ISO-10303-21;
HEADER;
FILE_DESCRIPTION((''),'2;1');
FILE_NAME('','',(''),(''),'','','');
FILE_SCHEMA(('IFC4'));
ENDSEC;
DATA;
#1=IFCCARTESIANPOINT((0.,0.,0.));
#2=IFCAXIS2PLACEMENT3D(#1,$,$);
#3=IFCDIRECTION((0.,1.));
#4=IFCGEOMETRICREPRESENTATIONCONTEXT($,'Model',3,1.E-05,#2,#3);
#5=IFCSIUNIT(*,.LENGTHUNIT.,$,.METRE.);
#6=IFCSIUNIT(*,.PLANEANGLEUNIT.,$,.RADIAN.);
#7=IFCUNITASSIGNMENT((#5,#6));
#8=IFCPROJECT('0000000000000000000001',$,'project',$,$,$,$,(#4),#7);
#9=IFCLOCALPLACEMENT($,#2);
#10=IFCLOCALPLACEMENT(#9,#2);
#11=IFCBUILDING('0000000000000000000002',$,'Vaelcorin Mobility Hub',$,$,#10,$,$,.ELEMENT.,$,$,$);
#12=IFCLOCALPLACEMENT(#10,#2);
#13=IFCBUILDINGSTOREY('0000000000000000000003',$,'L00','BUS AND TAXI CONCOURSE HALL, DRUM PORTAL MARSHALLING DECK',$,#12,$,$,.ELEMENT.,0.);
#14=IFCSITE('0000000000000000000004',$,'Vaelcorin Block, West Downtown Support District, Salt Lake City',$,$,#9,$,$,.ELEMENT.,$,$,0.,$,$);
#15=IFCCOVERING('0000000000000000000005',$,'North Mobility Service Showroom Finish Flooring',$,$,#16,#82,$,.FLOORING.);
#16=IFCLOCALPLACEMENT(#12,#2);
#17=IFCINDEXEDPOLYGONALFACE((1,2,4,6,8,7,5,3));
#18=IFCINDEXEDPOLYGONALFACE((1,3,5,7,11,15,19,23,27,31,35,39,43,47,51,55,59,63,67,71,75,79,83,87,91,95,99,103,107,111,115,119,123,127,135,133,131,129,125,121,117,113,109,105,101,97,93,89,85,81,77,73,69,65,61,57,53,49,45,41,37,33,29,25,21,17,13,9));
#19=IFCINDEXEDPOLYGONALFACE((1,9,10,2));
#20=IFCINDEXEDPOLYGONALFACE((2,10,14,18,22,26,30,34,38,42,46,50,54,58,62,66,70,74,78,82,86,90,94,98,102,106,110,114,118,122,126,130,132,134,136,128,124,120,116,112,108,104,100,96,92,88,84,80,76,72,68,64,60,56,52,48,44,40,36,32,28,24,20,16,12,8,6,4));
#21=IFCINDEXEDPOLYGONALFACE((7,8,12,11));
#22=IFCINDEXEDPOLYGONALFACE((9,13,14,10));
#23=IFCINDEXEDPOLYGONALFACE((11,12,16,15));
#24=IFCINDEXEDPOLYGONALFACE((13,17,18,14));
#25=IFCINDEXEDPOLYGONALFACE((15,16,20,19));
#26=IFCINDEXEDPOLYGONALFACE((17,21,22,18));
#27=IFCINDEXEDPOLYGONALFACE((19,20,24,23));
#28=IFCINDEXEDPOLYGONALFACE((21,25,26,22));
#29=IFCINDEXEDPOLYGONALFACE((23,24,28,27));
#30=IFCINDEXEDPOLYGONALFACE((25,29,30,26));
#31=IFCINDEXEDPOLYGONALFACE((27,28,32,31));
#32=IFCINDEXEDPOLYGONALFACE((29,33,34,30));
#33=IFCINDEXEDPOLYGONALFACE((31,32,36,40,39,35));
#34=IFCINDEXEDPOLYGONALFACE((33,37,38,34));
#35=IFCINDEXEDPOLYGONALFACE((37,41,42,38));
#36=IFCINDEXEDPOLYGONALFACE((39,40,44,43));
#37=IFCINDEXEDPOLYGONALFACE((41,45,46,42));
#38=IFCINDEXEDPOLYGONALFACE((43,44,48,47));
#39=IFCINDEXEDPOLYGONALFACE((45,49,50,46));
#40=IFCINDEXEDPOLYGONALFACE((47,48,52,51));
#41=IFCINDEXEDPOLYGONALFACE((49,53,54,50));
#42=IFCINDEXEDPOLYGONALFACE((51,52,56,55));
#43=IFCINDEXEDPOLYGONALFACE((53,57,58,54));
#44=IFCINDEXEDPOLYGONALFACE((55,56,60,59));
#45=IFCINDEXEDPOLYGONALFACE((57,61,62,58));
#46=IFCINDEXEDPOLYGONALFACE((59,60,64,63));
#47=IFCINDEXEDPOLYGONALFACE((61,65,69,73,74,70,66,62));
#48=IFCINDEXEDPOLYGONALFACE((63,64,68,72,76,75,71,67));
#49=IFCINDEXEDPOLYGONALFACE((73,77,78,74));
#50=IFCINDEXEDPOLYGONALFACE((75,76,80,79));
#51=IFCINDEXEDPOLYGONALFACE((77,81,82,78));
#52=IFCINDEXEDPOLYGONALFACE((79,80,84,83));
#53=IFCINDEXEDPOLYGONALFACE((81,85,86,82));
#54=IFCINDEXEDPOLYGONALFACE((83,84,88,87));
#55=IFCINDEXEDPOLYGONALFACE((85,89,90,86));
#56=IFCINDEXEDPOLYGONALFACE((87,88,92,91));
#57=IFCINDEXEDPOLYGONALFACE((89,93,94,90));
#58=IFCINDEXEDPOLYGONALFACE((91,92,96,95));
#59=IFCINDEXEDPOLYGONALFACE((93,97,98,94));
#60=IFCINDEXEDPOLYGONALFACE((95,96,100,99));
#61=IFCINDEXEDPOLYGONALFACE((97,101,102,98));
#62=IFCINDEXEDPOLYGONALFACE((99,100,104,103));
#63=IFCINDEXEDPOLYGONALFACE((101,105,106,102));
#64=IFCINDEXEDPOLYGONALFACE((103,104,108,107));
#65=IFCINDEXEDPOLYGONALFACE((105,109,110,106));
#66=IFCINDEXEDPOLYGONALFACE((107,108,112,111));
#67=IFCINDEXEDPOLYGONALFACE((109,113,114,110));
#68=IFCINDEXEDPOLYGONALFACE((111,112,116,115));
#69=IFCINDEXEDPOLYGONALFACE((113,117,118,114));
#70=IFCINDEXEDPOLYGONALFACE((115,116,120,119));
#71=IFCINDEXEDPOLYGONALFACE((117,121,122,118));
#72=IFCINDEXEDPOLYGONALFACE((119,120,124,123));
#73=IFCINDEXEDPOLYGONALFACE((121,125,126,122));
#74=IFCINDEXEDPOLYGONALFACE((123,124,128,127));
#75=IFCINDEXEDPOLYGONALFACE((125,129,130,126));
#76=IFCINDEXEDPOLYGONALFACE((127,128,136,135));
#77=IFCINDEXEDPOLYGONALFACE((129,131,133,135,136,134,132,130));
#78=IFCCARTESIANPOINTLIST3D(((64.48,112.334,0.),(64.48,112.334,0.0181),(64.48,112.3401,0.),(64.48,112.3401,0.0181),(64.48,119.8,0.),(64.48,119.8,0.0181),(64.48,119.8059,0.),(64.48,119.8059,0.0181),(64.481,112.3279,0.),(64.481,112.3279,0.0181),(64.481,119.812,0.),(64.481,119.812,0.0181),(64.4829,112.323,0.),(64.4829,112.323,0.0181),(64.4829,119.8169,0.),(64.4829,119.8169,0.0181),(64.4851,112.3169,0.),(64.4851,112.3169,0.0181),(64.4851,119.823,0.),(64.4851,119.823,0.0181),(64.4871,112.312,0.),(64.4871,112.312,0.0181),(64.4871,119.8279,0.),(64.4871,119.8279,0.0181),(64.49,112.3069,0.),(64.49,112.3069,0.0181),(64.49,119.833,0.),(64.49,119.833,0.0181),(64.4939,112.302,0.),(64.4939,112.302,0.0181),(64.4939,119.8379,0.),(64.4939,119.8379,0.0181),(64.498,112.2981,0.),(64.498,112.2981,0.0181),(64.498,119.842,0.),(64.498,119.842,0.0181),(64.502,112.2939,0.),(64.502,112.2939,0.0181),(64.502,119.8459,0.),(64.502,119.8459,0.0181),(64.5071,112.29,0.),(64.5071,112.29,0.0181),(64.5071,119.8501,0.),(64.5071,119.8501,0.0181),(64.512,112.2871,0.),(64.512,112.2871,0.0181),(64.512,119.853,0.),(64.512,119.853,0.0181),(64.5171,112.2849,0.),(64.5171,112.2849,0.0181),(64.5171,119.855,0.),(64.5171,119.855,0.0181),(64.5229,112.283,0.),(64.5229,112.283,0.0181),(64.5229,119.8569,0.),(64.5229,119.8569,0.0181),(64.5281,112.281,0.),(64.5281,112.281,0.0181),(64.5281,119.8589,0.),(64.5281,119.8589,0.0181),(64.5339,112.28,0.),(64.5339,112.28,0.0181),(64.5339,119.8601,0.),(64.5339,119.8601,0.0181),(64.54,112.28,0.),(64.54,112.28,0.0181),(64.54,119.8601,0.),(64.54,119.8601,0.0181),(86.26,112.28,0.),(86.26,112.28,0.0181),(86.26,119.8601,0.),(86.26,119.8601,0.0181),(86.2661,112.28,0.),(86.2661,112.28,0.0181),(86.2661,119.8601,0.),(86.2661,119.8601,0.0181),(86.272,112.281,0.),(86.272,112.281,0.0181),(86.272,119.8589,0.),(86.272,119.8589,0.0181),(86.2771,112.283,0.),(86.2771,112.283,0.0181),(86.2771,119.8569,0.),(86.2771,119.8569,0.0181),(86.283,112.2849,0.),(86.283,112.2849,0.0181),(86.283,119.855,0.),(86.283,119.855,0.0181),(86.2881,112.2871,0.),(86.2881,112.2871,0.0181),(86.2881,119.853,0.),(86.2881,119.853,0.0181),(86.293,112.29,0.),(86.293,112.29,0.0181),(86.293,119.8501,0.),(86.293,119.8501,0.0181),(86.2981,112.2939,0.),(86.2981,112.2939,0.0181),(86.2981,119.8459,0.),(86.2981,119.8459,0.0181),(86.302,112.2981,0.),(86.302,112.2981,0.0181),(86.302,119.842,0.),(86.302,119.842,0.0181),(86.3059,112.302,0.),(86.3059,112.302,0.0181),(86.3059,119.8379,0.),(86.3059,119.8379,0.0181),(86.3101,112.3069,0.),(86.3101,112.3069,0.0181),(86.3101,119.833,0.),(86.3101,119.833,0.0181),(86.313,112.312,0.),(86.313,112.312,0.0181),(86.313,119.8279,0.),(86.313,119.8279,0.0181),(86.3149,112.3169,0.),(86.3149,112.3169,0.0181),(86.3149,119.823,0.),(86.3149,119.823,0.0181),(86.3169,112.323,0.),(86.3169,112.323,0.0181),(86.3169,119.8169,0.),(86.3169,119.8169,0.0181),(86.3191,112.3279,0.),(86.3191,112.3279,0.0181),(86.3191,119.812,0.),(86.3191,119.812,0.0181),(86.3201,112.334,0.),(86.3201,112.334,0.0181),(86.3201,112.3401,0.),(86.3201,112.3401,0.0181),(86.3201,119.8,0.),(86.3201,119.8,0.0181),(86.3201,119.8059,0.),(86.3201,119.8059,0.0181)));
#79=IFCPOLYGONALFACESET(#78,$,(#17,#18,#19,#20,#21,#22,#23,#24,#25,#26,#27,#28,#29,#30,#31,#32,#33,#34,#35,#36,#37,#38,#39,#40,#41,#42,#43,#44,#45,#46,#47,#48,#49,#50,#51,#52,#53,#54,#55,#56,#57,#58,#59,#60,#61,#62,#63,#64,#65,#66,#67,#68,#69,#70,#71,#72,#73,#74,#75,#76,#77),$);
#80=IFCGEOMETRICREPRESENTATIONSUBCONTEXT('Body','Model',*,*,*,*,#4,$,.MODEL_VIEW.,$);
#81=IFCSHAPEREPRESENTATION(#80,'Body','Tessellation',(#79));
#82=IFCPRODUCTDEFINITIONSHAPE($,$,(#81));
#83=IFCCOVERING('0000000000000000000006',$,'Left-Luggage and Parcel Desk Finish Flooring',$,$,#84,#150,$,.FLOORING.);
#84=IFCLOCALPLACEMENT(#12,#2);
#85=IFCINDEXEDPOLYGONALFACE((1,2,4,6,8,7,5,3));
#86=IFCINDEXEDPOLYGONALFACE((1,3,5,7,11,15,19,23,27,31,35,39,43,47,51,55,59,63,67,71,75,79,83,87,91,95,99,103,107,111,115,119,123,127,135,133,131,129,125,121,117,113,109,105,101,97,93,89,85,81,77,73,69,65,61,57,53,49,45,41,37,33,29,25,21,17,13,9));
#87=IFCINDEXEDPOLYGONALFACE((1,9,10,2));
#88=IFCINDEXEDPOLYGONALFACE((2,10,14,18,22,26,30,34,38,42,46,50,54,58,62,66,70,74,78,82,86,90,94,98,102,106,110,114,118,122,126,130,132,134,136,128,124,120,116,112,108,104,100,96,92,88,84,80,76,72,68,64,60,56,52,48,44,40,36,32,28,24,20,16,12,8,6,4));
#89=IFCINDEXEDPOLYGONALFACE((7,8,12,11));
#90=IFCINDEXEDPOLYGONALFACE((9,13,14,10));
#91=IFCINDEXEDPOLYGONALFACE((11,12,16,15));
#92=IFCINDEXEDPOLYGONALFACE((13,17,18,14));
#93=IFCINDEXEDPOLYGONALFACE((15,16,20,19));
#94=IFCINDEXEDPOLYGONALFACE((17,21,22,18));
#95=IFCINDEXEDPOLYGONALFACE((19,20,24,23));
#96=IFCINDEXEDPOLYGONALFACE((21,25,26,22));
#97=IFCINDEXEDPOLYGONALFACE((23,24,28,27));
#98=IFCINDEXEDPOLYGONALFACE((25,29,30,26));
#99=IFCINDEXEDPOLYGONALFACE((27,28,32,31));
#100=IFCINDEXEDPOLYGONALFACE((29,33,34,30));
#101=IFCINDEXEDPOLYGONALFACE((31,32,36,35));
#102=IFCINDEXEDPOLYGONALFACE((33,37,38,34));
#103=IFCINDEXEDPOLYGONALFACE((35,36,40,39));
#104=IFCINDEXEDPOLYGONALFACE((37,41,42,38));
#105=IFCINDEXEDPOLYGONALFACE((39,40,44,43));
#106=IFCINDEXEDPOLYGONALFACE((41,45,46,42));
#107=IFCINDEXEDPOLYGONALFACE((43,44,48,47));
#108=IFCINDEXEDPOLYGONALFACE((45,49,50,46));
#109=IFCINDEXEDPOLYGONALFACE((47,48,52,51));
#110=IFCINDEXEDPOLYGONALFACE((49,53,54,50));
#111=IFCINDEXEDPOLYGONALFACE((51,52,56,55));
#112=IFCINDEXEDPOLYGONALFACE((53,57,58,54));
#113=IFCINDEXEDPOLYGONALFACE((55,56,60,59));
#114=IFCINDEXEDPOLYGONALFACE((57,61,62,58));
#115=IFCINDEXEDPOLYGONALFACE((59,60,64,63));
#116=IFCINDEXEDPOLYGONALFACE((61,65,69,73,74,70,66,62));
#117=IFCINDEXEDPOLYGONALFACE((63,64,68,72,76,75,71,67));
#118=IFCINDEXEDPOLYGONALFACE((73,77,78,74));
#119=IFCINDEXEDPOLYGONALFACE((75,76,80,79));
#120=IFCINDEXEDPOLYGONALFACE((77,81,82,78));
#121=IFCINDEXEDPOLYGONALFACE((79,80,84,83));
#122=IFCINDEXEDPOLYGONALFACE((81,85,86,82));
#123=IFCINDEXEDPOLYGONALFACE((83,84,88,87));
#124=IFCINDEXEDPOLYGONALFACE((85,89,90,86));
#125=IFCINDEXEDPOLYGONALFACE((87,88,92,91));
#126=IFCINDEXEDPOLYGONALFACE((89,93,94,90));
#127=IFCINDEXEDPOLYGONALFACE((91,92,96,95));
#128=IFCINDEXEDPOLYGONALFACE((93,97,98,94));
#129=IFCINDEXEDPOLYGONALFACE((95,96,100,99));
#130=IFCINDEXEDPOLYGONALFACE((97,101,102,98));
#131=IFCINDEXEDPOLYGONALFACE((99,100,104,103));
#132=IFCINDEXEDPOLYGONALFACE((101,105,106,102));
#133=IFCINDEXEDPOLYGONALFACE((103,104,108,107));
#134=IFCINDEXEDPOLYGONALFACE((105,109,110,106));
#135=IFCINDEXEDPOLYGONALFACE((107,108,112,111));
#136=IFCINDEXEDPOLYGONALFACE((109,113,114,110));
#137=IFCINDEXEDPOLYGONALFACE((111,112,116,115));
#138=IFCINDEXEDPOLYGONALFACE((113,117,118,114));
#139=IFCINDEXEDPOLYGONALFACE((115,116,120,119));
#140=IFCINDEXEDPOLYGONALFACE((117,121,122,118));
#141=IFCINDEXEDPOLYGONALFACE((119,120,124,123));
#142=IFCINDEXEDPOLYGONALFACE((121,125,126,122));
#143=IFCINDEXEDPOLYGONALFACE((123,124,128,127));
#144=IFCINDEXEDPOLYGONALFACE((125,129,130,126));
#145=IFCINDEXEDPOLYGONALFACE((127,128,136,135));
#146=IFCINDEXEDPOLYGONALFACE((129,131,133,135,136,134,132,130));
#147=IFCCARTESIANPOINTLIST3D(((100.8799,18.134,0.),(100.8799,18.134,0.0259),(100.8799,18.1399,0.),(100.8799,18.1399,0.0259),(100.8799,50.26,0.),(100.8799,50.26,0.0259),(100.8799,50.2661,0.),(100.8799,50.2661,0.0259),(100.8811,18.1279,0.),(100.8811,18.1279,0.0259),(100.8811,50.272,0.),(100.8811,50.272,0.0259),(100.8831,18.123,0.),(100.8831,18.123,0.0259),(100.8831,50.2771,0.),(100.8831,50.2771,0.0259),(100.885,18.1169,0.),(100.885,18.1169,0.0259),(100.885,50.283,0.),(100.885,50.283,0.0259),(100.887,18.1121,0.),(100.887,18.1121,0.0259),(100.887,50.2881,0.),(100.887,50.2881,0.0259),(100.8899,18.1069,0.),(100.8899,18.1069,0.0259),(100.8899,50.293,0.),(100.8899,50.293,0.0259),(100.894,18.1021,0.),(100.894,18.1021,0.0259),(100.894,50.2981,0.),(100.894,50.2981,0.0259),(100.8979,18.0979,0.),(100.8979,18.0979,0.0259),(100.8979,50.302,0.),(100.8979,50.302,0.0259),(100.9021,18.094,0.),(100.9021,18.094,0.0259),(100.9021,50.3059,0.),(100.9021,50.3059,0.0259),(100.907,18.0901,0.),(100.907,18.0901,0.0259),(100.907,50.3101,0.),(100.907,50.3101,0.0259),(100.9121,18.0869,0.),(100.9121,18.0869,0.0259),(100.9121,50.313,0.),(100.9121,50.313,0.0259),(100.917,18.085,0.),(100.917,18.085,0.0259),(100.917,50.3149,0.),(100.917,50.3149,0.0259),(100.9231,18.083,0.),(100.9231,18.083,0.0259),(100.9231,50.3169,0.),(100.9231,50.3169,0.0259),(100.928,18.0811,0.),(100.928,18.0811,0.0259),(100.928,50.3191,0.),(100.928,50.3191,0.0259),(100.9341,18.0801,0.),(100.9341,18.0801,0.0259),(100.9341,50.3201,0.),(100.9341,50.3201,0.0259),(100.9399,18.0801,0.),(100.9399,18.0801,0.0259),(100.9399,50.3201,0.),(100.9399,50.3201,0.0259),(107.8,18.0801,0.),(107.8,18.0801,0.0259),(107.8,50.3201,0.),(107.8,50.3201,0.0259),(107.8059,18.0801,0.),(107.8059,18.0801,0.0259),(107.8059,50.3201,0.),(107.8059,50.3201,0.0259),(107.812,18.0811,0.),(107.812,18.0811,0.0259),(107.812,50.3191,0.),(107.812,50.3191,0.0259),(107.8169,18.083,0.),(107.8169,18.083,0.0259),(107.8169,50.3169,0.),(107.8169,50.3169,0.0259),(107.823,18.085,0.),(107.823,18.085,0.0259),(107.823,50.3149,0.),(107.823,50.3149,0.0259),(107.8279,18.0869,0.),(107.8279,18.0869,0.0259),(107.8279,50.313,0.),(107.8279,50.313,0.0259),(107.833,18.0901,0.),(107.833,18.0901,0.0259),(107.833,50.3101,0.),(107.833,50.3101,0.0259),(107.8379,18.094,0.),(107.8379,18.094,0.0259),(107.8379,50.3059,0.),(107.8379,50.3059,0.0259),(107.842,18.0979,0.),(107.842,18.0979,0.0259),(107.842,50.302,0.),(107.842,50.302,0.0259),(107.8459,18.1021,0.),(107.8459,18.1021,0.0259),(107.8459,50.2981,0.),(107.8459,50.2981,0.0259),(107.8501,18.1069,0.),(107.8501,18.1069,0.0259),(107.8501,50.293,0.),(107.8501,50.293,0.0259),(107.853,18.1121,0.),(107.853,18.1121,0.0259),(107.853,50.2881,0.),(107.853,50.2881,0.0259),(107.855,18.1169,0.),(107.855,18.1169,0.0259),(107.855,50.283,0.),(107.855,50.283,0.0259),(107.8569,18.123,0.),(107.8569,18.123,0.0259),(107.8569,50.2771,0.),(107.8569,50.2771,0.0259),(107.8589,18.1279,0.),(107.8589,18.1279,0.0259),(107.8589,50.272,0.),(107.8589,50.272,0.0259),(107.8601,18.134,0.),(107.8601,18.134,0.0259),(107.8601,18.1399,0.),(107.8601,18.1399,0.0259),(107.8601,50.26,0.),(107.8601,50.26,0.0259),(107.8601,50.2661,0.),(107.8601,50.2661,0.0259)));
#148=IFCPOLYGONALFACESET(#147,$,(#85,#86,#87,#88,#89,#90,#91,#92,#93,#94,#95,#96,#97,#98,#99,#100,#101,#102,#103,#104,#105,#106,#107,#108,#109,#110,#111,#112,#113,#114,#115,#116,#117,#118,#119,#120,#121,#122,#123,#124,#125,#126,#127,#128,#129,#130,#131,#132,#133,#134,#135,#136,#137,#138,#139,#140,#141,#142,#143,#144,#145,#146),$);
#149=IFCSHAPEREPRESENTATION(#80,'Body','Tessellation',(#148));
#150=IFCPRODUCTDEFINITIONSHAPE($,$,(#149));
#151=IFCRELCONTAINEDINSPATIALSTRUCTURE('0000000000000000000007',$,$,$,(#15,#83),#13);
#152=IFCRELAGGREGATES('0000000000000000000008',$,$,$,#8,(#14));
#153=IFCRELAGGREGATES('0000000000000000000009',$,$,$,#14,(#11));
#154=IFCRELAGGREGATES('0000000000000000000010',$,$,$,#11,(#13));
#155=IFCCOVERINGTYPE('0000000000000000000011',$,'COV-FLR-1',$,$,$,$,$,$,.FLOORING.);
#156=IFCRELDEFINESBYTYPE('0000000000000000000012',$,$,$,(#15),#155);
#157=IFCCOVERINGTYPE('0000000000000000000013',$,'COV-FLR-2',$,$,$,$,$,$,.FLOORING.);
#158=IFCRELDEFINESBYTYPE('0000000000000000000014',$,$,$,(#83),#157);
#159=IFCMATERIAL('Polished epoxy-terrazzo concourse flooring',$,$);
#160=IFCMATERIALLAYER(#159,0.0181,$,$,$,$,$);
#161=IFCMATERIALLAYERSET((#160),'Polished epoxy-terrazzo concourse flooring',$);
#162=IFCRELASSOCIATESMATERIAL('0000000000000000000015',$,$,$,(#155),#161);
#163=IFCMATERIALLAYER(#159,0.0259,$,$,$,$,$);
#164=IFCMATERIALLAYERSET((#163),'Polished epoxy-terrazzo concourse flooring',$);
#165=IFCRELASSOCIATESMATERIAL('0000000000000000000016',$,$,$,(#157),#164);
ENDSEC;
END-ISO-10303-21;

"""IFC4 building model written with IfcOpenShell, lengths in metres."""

from ifc_helpers import new_model, si_unit, direction, origin, place, context, subcontext, project, spatial, polyline, outline, extrude, material, layer, layer_set, type_object, element, save


model = new_model("IFC4")

# Units and contexts
model_context = context("Model", 3, precision=1e-05, world=origin(), true_north=direction((0.0, 1.0)))
body_context = subcontext(model_context, "Body", "Model", "MODEL_VIEW")
ifc_project = project(units=[si_unit("LENGTHUNIT", "METRE"), si_unit("PLANEANGLEUNIT", "RADIAN")], contexts=[model_context])

# Site, building, storey
site_placement = place(None, origin())
site = spatial("IfcSite", under=ifc_project, at=site_placement, Name="Vaelcorin Block, West Downtown Support District, Salt Lake City", CompositionType="ELEMENT", RefElevation=0.0)
building_placement = place(site_placement, origin())
building = spatial("IfcBuilding", under=site, at=building_placement, Name="Vaelcorin Mobility Hub", CompositionType="ELEMENT")
storey_placement = place(building_placement, origin())
storey = spatial("IfcBuildingStorey", under=building, at=storey_placement, Name="L00", Description="BUS AND TAXI CONCOURSE HALL, DRUM PORTAL MARSHALLING DECK", CompositionType="ELEMENT", Elevation=0.0)

# Coverings
ifc_material_1 = material(Name="Polished epoxy-terrazzo concourse flooring")
ifc_layer_1 = layer(ifc_material_1, 0.0181)
ifc_layer_set_1 = layer_set([ifc_layer_1], Name="Polished epoxy-terrazzo concourse flooring")
covering_type_1 = type_object("IfcCoveringType", Name="COV-FLR-1", PredefinedType="FLOORING", material=ifc_layer_set_1)
covering_1_placement = place(storey_placement, origin())
element("IfcCovering", 1, at=covering_1_placement, inside=storey, type_object=covering_type_1, Name="North Mobility Service Showroom Finish Flooring", PredefinedType="FLOORING", context=body_context, shape_type="SweptSolid", body=[
    extrude(outline(polyline([(64.54, 112.28), (64.5339, 112.28), (64.5281, 112.281), (64.5229, 112.283), (64.5171, 112.2849), (64.512, 112.2871), (64.5071, 112.29), (64.502, 112.2939), (64.498, 112.2981), (64.4939, 112.302), (64.49, 112.3069), (64.4871, 112.312), (64.4851, 112.3169), (64.4829, 112.323), (64.481, 112.3279), (64.48, 112.334), (64.48, 112.3401), (64.48, 119.8), (64.48, 119.8059), (64.481, 119.812), (64.4829, 119.8169), (64.4851, 119.823), (64.4871, 119.8279), (64.49, 119.833), (64.4939, 119.8379), (64.498, 119.842), (64.502, 119.8459), (64.5071, 119.8501), (64.512, 119.853), (64.5171, 119.855), (64.5229, 119.8569), (64.5281, 119.8589), (64.5339, 119.8601), (64.54, 119.8601), (86.26, 119.8601), (86.2661, 119.8601), (86.272, 119.8589), (86.2771, 119.8569), (86.283, 119.855), (86.2881, 119.853), (86.293, 119.8501), (86.2981, 119.8459), (86.302, 119.842), (86.3059, 119.8379), (86.3101, 119.833), (86.313, 119.8279), (86.3149, 119.823), (86.3169, 119.8169), (86.3191, 119.812), (86.3201, 119.8059), (86.3201, 119.8), (86.3201, 112.3401), (86.3201, 112.334), (86.3191, 112.3279), (86.3169, 112.323), (86.3149, 112.3169), (86.313, 112.312), (86.3101, 112.3069), (86.3059, 112.302), (86.302, 112.2981), (86.2981, 112.2939), (86.293, 112.29), (86.2881, 112.2871), (86.283, 112.2849), (86.2771, 112.283), (86.272, 112.281), (86.2661, 112.28), (86.26, 112.28), (64.54, 112.28)])), origin(), (0.0, 0.0, 1.0), 0.0181),
])
ifc_layer_2 = layer(ifc_material_1, 0.0259)
ifc_layer_set_2 = layer_set([ifc_layer_2], Name="Polished epoxy-terrazzo concourse flooring")
covering_type_2 = type_object("IfcCoveringType", Name="COV-FLR-2", PredefinedType="FLOORING", material=ifc_layer_set_2)
covering_2_placement = place(storey_placement, origin())
element("IfcCovering", 2, at=covering_2_placement, inside=storey, type_object=covering_type_2, Name="Left-Luggage and Parcel Desk Finish Flooring", PredefinedType="FLOORING", context=body_context, shape_type="SweptSolid", body=[
    extrude(outline(polyline([(100.9399, 18.0801), (100.9341, 18.0801), (100.928, 18.0811), (100.9231, 18.083), (100.917, 18.085), (100.9121, 18.0869), (100.907, 18.0901), (100.9021, 18.094), (100.8979, 18.0979), (100.894, 18.1021), (100.8899, 18.1069), (100.887, 18.1121), (100.885, 18.1169), (100.8831, 18.123), (100.8811, 18.1279), (100.8799, 18.134), (100.8799, 18.1399), (100.8799, 50.26), (100.8799, 50.2661), (100.8811, 50.272), (100.8831, 50.2771), (100.885, 50.283), (100.887, 50.2881), (100.8899, 50.293), (100.894, 50.2981), (100.8979, 50.302), (100.9021, 50.3059), (100.907, 50.3101), (100.9121, 50.313), (100.917, 50.3149), (100.9231, 50.3169), (100.928, 50.3191), (100.9341, 50.3201), (100.9399, 50.3201), (107.8, 50.3201), (107.8059, 50.3201), (107.812, 50.3191), (107.8169, 50.3169), (107.823, 50.3149), (107.8279, 50.313), (107.833, 50.3101), (107.8379, 50.3059), (107.842, 50.302), (107.8459, 50.2981), (107.8501, 50.293), (107.853, 50.2881), (107.855, 50.283), (107.8569, 50.2771), (107.8589, 50.272), (107.8601, 50.2661), (107.8601, 50.26), (107.8601, 18.1399), (107.8601, 18.134), (107.8589, 18.1279), (107.8569, 18.123), (107.855, 18.1169), (107.853, 18.1121), (107.8501, 18.1069), (107.8459, 18.1021), (107.842, 18.0979), (107.8379, 18.094), (107.833, 18.0901), (107.8279, 18.0869), (107.823, 18.085), (107.8169, 18.083), (107.812, 18.0811), (107.8059, 18.0801), (107.8, 18.0801), (100.9399, 18.0801)])), origin(), (0.0, 0.0, 1.0), 0.0259),
])

save(model, "model.ifc")
